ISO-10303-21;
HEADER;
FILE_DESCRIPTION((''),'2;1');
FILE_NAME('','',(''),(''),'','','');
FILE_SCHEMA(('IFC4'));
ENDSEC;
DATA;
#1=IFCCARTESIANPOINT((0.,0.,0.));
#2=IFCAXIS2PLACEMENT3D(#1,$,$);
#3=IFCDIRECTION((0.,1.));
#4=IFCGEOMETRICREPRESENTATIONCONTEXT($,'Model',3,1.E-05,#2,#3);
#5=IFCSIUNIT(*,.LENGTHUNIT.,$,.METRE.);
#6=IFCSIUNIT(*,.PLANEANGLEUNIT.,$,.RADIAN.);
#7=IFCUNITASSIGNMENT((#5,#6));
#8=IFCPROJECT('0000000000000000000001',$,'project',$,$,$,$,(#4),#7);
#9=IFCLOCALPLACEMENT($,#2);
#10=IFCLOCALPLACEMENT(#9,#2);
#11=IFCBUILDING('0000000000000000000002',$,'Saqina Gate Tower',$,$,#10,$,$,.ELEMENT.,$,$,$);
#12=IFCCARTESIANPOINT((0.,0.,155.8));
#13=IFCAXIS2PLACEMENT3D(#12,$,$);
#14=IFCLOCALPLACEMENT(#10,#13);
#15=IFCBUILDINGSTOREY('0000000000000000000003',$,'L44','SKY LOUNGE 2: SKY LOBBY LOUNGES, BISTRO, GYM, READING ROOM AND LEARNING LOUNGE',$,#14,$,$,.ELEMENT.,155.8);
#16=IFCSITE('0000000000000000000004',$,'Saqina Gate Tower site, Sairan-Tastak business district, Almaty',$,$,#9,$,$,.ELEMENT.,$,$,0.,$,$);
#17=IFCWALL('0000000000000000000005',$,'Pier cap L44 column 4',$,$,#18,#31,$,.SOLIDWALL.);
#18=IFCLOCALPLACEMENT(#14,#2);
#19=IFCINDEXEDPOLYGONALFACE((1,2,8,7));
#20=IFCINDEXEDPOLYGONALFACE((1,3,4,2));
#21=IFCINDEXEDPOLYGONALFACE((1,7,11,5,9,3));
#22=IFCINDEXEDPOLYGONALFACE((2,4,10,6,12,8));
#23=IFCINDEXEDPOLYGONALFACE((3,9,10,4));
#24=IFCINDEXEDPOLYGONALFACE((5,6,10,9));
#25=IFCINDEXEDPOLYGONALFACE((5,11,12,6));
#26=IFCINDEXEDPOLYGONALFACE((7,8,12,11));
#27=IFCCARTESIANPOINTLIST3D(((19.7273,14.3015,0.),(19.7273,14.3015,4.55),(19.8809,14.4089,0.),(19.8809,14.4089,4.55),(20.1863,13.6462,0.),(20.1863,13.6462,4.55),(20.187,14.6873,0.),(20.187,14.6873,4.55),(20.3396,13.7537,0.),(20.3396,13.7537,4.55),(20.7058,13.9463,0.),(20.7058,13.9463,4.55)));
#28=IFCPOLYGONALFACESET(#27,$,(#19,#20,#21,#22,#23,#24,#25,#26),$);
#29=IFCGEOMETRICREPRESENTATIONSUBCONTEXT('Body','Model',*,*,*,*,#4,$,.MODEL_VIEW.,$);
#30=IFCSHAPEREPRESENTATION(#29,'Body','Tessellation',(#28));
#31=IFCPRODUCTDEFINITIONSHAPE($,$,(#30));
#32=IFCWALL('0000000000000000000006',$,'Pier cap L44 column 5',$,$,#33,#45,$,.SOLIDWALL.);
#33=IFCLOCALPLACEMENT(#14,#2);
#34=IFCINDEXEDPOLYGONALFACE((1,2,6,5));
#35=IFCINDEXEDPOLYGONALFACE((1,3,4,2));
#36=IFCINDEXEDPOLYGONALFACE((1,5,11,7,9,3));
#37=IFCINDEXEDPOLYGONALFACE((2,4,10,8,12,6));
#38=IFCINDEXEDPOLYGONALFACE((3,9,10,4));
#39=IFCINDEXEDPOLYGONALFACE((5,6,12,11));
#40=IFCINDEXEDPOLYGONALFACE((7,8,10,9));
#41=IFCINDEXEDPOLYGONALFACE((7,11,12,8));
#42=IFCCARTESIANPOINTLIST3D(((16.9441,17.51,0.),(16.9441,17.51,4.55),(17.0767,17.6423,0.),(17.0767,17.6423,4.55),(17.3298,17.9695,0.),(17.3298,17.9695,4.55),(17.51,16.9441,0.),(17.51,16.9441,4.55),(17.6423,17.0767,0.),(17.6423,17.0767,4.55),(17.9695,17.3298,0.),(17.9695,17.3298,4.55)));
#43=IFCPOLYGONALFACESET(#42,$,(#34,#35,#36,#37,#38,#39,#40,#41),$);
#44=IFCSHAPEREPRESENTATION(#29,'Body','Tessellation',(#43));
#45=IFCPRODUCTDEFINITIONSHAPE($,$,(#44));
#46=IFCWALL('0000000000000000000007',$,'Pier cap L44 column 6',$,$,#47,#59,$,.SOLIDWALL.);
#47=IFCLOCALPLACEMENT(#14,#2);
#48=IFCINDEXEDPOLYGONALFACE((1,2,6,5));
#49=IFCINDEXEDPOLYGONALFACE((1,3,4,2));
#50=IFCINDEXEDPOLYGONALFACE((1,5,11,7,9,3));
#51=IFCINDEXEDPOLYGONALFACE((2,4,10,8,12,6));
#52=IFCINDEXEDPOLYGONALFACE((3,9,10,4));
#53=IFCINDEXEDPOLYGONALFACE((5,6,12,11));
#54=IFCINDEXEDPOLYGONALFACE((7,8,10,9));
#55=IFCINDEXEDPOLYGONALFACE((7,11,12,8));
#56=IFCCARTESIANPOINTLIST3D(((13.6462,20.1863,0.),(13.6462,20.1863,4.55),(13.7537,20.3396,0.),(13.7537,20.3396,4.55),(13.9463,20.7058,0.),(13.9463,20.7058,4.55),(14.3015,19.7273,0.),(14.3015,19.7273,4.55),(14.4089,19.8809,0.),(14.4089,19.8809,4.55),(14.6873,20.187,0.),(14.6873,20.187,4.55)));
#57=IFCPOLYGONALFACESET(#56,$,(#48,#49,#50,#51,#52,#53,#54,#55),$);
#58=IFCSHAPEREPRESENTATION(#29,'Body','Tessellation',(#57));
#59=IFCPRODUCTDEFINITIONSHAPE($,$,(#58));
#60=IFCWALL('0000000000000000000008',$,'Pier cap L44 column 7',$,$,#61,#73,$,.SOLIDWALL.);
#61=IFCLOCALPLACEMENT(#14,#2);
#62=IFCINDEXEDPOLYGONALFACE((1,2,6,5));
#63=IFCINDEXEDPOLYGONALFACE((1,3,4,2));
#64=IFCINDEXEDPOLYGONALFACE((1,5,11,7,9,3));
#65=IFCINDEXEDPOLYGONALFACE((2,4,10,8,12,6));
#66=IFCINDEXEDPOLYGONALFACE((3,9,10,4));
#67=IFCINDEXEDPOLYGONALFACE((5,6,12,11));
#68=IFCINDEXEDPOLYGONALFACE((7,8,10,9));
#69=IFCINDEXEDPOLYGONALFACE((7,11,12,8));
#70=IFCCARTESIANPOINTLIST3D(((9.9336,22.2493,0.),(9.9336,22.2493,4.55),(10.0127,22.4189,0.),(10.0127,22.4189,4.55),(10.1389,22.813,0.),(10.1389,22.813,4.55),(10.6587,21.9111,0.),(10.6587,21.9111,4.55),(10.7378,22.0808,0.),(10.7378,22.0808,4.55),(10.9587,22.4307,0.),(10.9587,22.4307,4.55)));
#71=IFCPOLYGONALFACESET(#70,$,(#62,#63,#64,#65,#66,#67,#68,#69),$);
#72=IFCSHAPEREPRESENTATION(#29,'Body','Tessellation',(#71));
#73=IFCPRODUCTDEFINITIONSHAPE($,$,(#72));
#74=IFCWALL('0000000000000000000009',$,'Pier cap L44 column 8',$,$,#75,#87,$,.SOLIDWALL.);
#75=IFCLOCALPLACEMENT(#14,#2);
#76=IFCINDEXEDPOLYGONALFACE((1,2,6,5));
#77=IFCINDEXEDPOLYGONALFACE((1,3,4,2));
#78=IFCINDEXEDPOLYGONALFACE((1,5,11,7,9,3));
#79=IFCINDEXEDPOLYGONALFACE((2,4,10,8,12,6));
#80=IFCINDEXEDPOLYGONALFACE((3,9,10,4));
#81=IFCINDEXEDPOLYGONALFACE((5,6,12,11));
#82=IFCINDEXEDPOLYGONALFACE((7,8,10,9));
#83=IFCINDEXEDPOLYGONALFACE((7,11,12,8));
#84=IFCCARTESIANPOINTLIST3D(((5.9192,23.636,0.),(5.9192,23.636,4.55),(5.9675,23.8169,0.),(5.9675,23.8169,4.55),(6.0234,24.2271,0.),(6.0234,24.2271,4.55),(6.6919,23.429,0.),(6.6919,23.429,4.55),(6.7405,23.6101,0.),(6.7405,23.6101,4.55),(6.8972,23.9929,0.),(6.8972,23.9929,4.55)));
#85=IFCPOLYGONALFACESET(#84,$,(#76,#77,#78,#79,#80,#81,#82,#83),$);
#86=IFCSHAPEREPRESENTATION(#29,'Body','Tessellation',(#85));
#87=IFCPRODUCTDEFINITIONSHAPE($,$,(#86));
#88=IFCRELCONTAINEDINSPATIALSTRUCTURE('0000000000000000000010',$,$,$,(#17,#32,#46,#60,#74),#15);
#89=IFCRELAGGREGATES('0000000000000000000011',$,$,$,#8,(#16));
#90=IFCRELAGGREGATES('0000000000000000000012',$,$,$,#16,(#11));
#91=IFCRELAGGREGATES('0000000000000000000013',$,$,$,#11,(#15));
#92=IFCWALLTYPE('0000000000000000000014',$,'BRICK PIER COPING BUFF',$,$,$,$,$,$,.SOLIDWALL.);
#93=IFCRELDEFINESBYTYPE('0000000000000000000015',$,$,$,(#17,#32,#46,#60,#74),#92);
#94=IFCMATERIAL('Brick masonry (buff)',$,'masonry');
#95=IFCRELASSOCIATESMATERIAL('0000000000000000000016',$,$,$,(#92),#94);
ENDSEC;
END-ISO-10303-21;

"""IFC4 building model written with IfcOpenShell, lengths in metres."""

from ifc_helpers import new_model, si_unit, direction, frame, origin, place, context, subcontext, project, spatial, polyline, outline, extrude, material, type_object, element, save


model = new_model("IFC4")

# Units and contexts
model_context = context("Model", 3, precision=1e-05, world=origin(), true_north=direction((0.0, 1.0)))
body_context = subcontext(model_context, "Body", "Model", "MODEL_VIEW")
ifc_project = project(units=[si_unit("LENGTHUNIT", "METRE"), si_unit("PLANEANGLEUNIT", "RADIAN")], contexts=[model_context])

# Site, building, storey
site_placement = place(None, origin())
site = spatial("IfcSite", under=ifc_project, at=site_placement, Name="Saqina Gate Tower site, Sairan-Tastak business district, Almaty", CompositionType="ELEMENT", RefElevation=0.0)
building_placement = place(site_placement, origin())
building = spatial("IfcBuilding", under=site, at=building_placement, Name="Saqina Gate Tower", CompositionType="ELEMENT")
storey_placement = place(building_placement, frame((0.0, 0.0, 155.8)))
storey = spatial("IfcBuildingStorey", under=building, at=storey_placement, Name="L44", Description="SKY LOUNGE 2: SKY LOBBY LOUNGES, BISTRO, GYM, READING ROOM AND LEARNING LOUNGE", CompositionType="ELEMENT", Elevation=155.8)

# Walls
ifc_material_1 = material(Name="Brick masonry (buff)", Category="masonry")
wall_type = type_object("IfcWallType", Name="BRICK PIER COPING BUFF", PredefinedType="SOLIDWALL", material=ifc_material_1)
wall_1_placement = place(storey_placement, origin())
element("IfcWall", 1, at=wall_1_placement, inside=storey, type_object=wall_type, Name="Pier cap L44 column 4", PredefinedType="SOLIDWALL", context=body_context, shape_type="SweptSolid", body=[
    extrude(outline(polyline([(20.7058, 13.9463), (20.187, 14.6873), (19.7273, 14.3015), (19.8809, 14.4089), (20.3396, 13.7537), (20.1863, 13.6462), (20.7058, 13.9463)])), origin(), (0.0, 0.0, 1.0), 4.55),
])
wall_2_placement = place(storey_placement, origin())
element("IfcWall", 2, at=wall_2_placement, inside=storey, type_object=wall_type, Name="Pier cap L44 column 5", PredefinedType="SOLIDWALL", context=body_context, shape_type="SweptSolid", body=[
    extrude(outline(polyline([(17.3298, 17.9695), (16.9441, 17.51), (17.0767, 17.6423), (17.6423, 17.0767), (17.51, 16.9441), (17.9695, 17.3298), (17.3298, 17.9695)])), origin(), (0.0, 0.0, 1.0), 4.55),
])
wall_3_placement = place(storey_placement, origin())
element("IfcWall", 3, at=wall_3_placement, inside=storey, type_object=wall_type, Name="Pier cap L44 column 6", PredefinedType="SOLIDWALL", context=body_context, shape_type="SweptSolid", body=[
    extrude(outline(polyline([(14.6873, 20.187), (13.9463, 20.7058), (13.6462, 20.1863), (13.7537, 20.3396), (14.4089, 19.8809), (14.3015, 19.7273), (14.6873, 20.187)])), origin(), (0.0, 0.0, 1.0), 4.55),
])
wall_4_placement = place(storey_placement, origin())
element("IfcWall", 4, at=wall_4_placement, inside=storey, type_object=wall_type, Name="Pier cap L44 column 7", PredefinedType="SOLIDWALL", context=body_context, shape_type="SweptSolid", body=[
    extrude(outline(polyline([(10.1389, 22.813), (9.9336, 22.2493), (10.0127, 22.4189), (10.7378, 22.0808), (10.6587, 21.9111), (10.9587, 22.4307), (10.1389, 22.813)])), origin(), (0.0, 0.0, 1.0), 4.55),
])
wall_5_placement = place(storey_placement, origin())
element("IfcWall", 5, at=wall_5_placement, inside=storey, type_object=wall_type, Name="Pier cap L44 column 8", PredefinedType="SOLIDWALL", context=body_context, shape_type="SweptSolid", body=[
    extrude(outline(polyline([(6.0234, 24.2271), (5.9192, 23.636), (5.9675, 23.8169), (6.7405, 23.6101), (6.6919, 23.429), (6.8972, 23.9929), (6.0234, 24.2271)])), origin(), (0.0, 0.0, 1.0), 4.55),
])

save(model, "model.ifc")
